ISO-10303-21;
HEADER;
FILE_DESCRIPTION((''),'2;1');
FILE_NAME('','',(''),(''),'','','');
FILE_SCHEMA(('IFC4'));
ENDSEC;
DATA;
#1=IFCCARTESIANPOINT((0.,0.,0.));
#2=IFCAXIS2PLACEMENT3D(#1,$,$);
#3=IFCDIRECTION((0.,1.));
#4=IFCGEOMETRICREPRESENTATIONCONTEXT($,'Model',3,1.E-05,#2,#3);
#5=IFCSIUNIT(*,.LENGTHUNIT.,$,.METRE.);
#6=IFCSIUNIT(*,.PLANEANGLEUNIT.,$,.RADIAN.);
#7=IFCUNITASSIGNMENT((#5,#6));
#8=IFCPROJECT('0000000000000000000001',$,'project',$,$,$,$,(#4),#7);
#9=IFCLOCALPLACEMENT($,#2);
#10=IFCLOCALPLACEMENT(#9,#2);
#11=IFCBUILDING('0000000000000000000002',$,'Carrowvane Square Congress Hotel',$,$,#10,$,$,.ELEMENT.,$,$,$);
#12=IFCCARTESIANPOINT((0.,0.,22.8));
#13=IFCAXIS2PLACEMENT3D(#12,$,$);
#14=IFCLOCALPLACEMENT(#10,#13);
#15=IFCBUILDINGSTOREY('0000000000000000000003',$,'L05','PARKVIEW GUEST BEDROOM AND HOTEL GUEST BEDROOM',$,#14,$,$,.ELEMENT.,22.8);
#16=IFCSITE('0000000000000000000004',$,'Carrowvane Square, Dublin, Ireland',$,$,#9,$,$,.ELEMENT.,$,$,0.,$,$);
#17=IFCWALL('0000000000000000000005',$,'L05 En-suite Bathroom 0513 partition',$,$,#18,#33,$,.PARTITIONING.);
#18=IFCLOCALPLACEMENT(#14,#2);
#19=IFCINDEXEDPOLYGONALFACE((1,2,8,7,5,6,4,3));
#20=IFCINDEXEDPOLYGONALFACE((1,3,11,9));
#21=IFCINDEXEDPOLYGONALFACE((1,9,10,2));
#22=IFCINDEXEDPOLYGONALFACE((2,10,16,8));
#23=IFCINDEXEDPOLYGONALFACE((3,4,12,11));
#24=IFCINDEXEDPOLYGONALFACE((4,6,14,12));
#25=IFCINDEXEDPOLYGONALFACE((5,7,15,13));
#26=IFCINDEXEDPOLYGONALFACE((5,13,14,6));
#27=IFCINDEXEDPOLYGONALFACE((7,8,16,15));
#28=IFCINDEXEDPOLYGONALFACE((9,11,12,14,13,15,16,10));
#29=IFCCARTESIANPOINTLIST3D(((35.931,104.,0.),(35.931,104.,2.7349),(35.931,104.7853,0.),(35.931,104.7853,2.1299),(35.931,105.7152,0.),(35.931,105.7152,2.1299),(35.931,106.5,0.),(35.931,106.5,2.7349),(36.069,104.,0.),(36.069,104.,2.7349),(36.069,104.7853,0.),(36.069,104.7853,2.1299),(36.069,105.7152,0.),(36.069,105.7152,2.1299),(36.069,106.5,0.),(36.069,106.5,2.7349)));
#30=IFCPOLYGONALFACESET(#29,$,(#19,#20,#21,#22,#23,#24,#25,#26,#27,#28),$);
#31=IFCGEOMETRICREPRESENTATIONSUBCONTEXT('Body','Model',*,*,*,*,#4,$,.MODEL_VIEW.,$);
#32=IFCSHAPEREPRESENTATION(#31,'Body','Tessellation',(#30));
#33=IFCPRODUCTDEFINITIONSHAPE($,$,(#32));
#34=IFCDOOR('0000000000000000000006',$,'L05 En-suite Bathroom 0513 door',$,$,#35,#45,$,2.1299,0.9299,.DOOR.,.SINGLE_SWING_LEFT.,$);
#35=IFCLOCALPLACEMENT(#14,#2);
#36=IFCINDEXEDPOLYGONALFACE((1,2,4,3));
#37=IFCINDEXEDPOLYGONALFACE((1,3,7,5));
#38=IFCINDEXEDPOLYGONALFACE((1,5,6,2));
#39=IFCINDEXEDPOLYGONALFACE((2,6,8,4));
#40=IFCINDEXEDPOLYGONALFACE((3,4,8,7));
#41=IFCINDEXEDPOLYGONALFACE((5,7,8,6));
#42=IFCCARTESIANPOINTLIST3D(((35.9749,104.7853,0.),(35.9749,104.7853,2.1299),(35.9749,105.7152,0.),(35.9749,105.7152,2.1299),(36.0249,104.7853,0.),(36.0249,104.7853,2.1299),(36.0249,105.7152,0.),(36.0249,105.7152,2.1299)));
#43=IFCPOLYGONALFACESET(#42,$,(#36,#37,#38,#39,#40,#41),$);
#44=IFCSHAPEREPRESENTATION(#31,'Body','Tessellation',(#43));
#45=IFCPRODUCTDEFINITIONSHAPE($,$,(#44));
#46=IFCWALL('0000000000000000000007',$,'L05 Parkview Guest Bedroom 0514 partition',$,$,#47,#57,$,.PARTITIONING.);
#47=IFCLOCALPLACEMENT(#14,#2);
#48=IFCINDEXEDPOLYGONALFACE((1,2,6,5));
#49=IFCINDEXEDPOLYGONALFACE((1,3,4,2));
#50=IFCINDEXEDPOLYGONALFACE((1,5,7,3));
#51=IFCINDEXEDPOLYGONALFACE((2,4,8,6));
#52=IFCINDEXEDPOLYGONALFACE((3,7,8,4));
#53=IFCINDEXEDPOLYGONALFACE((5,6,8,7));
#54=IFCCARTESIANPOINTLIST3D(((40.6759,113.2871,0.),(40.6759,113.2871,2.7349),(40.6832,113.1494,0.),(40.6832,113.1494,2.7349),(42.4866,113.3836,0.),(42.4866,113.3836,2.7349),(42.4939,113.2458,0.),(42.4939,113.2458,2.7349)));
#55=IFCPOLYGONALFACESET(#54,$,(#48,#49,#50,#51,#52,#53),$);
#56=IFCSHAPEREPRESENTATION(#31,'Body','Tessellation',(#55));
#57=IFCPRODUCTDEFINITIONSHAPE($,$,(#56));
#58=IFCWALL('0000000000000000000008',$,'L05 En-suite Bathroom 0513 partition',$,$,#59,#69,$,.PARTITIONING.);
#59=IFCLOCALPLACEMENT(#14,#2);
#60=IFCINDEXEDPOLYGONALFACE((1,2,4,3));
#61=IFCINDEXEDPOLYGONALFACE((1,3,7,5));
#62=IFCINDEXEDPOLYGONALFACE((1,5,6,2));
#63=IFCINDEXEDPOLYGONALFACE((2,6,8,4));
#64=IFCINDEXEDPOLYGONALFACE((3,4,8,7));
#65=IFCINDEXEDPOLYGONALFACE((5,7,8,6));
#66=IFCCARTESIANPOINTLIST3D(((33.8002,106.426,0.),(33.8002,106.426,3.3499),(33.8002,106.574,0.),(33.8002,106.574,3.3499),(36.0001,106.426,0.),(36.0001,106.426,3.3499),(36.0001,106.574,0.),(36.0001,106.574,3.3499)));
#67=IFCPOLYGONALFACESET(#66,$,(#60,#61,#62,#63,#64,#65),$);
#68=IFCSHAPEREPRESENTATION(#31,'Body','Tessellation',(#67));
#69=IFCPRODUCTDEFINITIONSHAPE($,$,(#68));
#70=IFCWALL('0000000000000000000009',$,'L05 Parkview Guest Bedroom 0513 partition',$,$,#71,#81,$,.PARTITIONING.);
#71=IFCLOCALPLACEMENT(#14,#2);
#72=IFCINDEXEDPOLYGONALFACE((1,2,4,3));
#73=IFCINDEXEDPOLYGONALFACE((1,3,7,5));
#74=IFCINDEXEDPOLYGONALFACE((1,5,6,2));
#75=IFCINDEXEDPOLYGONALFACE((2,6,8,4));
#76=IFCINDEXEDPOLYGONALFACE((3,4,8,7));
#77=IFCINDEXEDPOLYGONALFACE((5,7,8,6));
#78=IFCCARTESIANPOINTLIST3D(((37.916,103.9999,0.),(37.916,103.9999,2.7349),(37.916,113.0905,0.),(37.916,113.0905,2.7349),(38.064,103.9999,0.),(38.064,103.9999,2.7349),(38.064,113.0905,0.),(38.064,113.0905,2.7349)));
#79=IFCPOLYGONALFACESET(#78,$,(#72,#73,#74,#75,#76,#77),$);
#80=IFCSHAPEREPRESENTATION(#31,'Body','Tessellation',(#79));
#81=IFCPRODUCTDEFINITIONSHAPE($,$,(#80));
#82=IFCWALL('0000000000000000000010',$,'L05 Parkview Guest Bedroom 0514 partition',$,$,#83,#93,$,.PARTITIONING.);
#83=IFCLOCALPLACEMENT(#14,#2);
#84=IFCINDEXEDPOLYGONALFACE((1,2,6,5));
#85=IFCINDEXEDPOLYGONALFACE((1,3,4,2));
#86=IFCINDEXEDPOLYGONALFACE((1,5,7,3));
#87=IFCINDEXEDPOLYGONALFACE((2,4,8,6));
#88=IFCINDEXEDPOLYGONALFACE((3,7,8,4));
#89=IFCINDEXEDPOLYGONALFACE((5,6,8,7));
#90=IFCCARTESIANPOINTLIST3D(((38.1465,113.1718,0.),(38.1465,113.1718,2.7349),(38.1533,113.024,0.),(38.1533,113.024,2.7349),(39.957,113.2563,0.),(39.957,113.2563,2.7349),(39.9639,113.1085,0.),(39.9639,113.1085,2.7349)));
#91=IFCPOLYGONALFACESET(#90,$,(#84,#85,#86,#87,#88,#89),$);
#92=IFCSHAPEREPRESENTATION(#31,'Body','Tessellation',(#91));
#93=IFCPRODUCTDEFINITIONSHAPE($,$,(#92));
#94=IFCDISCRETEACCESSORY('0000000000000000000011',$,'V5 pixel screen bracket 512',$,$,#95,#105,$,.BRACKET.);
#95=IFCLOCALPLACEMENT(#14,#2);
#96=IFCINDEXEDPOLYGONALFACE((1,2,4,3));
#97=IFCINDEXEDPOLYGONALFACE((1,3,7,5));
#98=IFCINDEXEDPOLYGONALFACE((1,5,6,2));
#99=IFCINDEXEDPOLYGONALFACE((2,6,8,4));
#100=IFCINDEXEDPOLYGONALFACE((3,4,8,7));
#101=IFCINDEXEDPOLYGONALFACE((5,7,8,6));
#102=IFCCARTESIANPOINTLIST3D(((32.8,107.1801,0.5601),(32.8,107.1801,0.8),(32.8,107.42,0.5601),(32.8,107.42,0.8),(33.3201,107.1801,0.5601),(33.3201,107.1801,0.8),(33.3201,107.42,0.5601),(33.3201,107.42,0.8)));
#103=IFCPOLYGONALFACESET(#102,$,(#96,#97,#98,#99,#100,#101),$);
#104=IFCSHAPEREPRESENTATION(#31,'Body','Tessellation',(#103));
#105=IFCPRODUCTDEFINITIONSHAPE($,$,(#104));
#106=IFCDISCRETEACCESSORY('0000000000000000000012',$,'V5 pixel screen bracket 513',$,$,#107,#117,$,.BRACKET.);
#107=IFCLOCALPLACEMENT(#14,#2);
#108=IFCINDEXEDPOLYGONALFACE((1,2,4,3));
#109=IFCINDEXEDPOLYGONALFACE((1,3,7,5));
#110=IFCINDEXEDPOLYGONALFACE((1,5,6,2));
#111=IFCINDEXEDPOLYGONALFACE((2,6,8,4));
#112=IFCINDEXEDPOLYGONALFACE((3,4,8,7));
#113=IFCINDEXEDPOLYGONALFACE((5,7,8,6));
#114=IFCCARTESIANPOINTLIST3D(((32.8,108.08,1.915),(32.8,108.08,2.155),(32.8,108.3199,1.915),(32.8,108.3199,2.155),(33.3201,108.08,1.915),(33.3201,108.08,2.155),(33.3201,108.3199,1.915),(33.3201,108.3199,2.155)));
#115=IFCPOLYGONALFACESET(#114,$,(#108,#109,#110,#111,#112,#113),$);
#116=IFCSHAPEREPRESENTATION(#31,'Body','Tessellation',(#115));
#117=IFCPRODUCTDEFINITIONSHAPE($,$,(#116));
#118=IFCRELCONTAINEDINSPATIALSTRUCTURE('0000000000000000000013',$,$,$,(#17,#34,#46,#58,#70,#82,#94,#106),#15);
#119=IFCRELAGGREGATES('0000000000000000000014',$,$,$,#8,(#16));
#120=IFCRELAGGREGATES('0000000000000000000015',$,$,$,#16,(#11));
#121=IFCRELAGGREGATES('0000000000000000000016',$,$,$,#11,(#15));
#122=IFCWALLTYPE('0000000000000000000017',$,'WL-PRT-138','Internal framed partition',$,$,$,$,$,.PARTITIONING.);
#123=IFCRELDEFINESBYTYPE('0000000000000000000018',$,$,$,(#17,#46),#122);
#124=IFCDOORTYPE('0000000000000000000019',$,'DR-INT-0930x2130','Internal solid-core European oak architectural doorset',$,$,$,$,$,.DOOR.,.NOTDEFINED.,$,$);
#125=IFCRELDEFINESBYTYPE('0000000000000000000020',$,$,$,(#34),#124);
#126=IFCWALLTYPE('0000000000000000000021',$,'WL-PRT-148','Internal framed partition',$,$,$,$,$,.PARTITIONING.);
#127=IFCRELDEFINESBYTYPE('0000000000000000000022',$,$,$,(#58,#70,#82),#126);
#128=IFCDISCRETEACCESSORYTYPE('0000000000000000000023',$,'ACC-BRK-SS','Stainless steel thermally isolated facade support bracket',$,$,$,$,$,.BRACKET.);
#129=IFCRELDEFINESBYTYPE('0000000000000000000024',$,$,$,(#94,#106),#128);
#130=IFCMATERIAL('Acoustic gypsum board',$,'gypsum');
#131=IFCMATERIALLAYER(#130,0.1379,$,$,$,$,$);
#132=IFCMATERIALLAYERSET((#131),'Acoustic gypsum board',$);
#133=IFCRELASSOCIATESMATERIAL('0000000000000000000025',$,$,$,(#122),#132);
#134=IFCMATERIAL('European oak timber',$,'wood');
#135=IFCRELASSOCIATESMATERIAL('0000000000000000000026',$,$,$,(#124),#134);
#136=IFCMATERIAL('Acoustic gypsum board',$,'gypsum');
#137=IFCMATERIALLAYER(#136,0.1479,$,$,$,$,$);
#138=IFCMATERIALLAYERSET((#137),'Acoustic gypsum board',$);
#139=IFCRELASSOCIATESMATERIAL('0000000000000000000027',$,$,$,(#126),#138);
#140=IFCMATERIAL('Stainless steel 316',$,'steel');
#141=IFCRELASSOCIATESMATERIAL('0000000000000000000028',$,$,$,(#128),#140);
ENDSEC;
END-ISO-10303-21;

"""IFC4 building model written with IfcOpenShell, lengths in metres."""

from ifc_helpers import new_model, si_unit, direction, frame, frame_2d, origin, origin_2d, place, context, subcontext, project, spatial, rectangle, extrude, material, layer, layer_set, type_object, element, fill, save


model = new_model("IFC4")

# Units and contexts
model_context = context("Model", 3, precision=1e-05, world=origin(), true_north=direction((0.0, 1.0)))
body_context = subcontext(model_context, "Body", "Model", "MODEL_VIEW")
ifc_project = project(units=[si_unit("LENGTHUNIT", "METRE"), si_unit("PLANEANGLEUNIT", "RADIAN")], contexts=[model_context])

# Site, building, storey
site_placement = place(None, origin())
site = spatial("IfcSite", under=ifc_project, at=site_placement, Name="Carrowvane Square, Dublin, Ireland", CompositionType="ELEMENT", RefElevation=0.0)
building_placement = place(site_placement, origin())
building = spatial("IfcBuilding", under=site, at=building_placement, Name="Carrowvane Square Congress Hotel", CompositionType="ELEMENT")
storey_placement = place(building_placement, frame((0.0, 0.0, 22.8)))
storey = spatial("IfcBuildingStorey", under=building, at=storey_placement, Name="L05", Description="PARKVIEW GUEST BEDROOM AND HOTEL GUEST BEDROOM", CompositionType="ELEMENT", Elevation=22.8)

# Wall, opening, door
ifc_material_1 = material(Name="Acoustic gypsum board", Category="gypsum")
ifc_layer_1 = layer(ifc_material_1, 0.1379)
ifc_layer_set_1 = layer_set([ifc_layer_1], Name="Acoustic gypsum board")
wall_type_1 = type_object("IfcWallType", Name="WL-PRT-138", Description="Internal framed partition", PredefinedType="PARTITIONING", material=ifc_layer_set_1)
wall_1_placement = place(storey_placement, frame((36.0, 106.5, 0.0), z_axis=(0.0, 0.0, 1.0), x_axis=(0.0, -1.0, 0.0)))
wall_1 = element("IfcWall", 1, at=wall_1_placement, inside=storey, type_object=wall_type_1, Name="L05 En-suite Bathroom 0513 partition", PredefinedType="PARTITIONING", context=body_context, shape_type="SweptSolid", body=[
    extrude(rectangle(XDim=2.5, YDim=0.1379, at=frame_2d((1.25, 0.0))), origin(), (0.0, 0.0, 1.0), 2.7349),
])
opening_placement = place(wall_1_placement, frame((0.7849, 0.0, 0.0)))
opening = element("IfcOpeningElement", 2, at=opening_placement, cuts=wall_1, PredefinedType="OPENING", context=body_context, shape_type="SweptSolid", body=[
    extrude(rectangle(XDim=0.9299, YDim=2.1299, at=frame_2d((0.4648, 1.0649))), frame((0.0, 0.0789, 0.0), z_axis=(0.0, -1.0, 0.0), x_axis=(1.0, 0.0, 0.0)), (0.0, 0.0, 1.0), 0.158),
])
ifc_material_2 = material(Name="European oak timber", Category="wood")
door_type = type_object("IfcDoorType", Name="DR-INT-0930x2130", Description="Internal solid-core European oak architectural doorset", OperationType="NOTDEFINED", PredefinedType="DOOR", material=ifc_material_2)
door_placement = place(opening_placement, origin())
door = element("IfcDoor", 3, at=door_placement, inside=storey, type_object=door_type, Name="L05 En-suite Bathroom 0513 door", OperationType="SINGLE_SWING_LEFT", OverallHeight=2.1299, OverallWidth=0.9299, PredefinedType="DOOR", context=body_context, shape_type="SweptSolid", body=[
    extrude(rectangle(XDim=0.9299, YDim=2.1299, at=frame_2d((0.4648, 1.0649))), frame((0.0, 0.0249, 0.0), z_axis=(0.0, -1.0, 0.0), x_axis=(1.0, 0.0, 0.0)), (0.0, 0.0, 1.0), 0.05),
])
fill(opening, door)

# Walls
wall_2_placement = place(storey_placement, frame((40.6794, 113.2183, 0.0), z_axis=(0.0, 0.0, 1.0), x_axis=(0.998585, 0.053188, 0.0)))
element("IfcWall", 4, at=wall_2_placement, inside=storey, type_object=wall_type_1, Name="L05 Parkview Guest Bedroom 0514 partition", PredefinedType="PARTITIONING", context=body_context, shape_type="SweptSolid", body=[
    extrude(rectangle(XDim=1.8132, YDim=0.1379, at=frame_2d((0.9067, 0.0))), origin(), (0.0, 0.0, 1.0), 2.7349),
])
ifc_material_3 = material(Name="Acoustic gypsum board", Category="gypsum")
ifc_layer_2 = layer(ifc_material_3, 0.1479)
ifc_layer_set_2 = layer_set([ifc_layer_2], Name="Acoustic gypsum board")
wall_type_2 = type_object("IfcWallType", Name="WL-PRT-148", Description="Internal framed partition", PredefinedType="PARTITIONING", material=ifc_layer_set_2)
wall_3_placement = place(storey_placement, frame((33.8, 106.5, 0.0), z_axis=(0.0, 0.0, 1.0), x_axis=(1.0, 0.0, 0.0)))
element("IfcWall", 5, at=wall_3_placement, inside=storey, type_object=wall_type_2, Name="L05 En-suite Bathroom 0513 partition", PredefinedType="PARTITIONING", context=body_context, shape_type="SweptSolid", body=[
    extrude(rectangle(XDim=2.2, YDim=0.1479, at=frame_2d((1.1001, 0.0))), origin(), (0.0, 0.0, 1.0), 3.3499),
])
wall_4_placement = place(storey_placement, frame((37.99, 113.0906, 0.0), z_axis=(0.0, 0.0, 1.0), x_axis=(0.0, -1.0, 0.0)))
element("IfcWall", 6, at=wall_4_placement, inside=storey, type_object=wall_type_2, Name="L05 Parkview Guest Bedroom 0513 partition", PredefinedType="PARTITIONING", context=body_context, shape_type="SweptSolid", body=[
    extrude(rectangle(XDim=9.0906, YDim=0.1479, at=frame_2d((4.5454, 0.0))), origin(), (0.0, 0.0, 1.0), 2.7349),
])
wall_5_placement = place(storey_placement, frame((38.1499, 113.0979, 0.0), z_axis=(0.0, 0.0, 1.0), x_axis=(0.998913, 0.046605, 0.0)))
element("IfcWall", 7, at=wall_5_placement, inside=storey, type_object=wall_type_2, Name="L05 Parkview Guest Bedroom 0514 partition", PredefinedType="PARTITIONING", context=body_context, shape_type="SweptSolid", body=[
    extrude(rectangle(XDim=1.8125, YDim=0.1479, at=frame_2d((0.9062, 0.0))), origin(), (0.0, 0.0, 1.0), 2.7349),
])

# Discrete accessories
ifc_material_4 = material(Name="Stainless steel 316", Category="steel")
discrete_accessory_type = type_object("IfcDiscreteAccessoryType", Name="ACC-BRK-SS", Description="Stainless steel thermally isolated facade support bracket", PredefinedType="BRACKET", material=ifc_material_4)
for number, where, z_axis, x_axis, name in (
    (8, (33.0601, 107.3, 0.5601), (0.0, 0.0, 1.0), (0.0, 1.0, 0.0), "V5 pixel screen bracket 512"),
    (9, (33.0601, 108.2, 1.915), (0.0, 0.0, 1.0), (0.0, 1.0, 0.0), "V5 pixel screen bracket 513"),
):
    element("IfcDiscreteAccessory", number, at=place(storey_placement, frame(where, z_axis=z_axis, x_axis=x_axis)), inside=storey, type_object=discrete_accessory_type, Name=name, PredefinedType="BRACKET", context=body_context, shape_type="SweptSolid", body=[
        extrude(rectangle(XDim=0.24, YDim=0.52, at=origin_2d()), origin(), (0.0, 0.0, 1.0), 0.24),
    ])

save(model, "model.ifc")
